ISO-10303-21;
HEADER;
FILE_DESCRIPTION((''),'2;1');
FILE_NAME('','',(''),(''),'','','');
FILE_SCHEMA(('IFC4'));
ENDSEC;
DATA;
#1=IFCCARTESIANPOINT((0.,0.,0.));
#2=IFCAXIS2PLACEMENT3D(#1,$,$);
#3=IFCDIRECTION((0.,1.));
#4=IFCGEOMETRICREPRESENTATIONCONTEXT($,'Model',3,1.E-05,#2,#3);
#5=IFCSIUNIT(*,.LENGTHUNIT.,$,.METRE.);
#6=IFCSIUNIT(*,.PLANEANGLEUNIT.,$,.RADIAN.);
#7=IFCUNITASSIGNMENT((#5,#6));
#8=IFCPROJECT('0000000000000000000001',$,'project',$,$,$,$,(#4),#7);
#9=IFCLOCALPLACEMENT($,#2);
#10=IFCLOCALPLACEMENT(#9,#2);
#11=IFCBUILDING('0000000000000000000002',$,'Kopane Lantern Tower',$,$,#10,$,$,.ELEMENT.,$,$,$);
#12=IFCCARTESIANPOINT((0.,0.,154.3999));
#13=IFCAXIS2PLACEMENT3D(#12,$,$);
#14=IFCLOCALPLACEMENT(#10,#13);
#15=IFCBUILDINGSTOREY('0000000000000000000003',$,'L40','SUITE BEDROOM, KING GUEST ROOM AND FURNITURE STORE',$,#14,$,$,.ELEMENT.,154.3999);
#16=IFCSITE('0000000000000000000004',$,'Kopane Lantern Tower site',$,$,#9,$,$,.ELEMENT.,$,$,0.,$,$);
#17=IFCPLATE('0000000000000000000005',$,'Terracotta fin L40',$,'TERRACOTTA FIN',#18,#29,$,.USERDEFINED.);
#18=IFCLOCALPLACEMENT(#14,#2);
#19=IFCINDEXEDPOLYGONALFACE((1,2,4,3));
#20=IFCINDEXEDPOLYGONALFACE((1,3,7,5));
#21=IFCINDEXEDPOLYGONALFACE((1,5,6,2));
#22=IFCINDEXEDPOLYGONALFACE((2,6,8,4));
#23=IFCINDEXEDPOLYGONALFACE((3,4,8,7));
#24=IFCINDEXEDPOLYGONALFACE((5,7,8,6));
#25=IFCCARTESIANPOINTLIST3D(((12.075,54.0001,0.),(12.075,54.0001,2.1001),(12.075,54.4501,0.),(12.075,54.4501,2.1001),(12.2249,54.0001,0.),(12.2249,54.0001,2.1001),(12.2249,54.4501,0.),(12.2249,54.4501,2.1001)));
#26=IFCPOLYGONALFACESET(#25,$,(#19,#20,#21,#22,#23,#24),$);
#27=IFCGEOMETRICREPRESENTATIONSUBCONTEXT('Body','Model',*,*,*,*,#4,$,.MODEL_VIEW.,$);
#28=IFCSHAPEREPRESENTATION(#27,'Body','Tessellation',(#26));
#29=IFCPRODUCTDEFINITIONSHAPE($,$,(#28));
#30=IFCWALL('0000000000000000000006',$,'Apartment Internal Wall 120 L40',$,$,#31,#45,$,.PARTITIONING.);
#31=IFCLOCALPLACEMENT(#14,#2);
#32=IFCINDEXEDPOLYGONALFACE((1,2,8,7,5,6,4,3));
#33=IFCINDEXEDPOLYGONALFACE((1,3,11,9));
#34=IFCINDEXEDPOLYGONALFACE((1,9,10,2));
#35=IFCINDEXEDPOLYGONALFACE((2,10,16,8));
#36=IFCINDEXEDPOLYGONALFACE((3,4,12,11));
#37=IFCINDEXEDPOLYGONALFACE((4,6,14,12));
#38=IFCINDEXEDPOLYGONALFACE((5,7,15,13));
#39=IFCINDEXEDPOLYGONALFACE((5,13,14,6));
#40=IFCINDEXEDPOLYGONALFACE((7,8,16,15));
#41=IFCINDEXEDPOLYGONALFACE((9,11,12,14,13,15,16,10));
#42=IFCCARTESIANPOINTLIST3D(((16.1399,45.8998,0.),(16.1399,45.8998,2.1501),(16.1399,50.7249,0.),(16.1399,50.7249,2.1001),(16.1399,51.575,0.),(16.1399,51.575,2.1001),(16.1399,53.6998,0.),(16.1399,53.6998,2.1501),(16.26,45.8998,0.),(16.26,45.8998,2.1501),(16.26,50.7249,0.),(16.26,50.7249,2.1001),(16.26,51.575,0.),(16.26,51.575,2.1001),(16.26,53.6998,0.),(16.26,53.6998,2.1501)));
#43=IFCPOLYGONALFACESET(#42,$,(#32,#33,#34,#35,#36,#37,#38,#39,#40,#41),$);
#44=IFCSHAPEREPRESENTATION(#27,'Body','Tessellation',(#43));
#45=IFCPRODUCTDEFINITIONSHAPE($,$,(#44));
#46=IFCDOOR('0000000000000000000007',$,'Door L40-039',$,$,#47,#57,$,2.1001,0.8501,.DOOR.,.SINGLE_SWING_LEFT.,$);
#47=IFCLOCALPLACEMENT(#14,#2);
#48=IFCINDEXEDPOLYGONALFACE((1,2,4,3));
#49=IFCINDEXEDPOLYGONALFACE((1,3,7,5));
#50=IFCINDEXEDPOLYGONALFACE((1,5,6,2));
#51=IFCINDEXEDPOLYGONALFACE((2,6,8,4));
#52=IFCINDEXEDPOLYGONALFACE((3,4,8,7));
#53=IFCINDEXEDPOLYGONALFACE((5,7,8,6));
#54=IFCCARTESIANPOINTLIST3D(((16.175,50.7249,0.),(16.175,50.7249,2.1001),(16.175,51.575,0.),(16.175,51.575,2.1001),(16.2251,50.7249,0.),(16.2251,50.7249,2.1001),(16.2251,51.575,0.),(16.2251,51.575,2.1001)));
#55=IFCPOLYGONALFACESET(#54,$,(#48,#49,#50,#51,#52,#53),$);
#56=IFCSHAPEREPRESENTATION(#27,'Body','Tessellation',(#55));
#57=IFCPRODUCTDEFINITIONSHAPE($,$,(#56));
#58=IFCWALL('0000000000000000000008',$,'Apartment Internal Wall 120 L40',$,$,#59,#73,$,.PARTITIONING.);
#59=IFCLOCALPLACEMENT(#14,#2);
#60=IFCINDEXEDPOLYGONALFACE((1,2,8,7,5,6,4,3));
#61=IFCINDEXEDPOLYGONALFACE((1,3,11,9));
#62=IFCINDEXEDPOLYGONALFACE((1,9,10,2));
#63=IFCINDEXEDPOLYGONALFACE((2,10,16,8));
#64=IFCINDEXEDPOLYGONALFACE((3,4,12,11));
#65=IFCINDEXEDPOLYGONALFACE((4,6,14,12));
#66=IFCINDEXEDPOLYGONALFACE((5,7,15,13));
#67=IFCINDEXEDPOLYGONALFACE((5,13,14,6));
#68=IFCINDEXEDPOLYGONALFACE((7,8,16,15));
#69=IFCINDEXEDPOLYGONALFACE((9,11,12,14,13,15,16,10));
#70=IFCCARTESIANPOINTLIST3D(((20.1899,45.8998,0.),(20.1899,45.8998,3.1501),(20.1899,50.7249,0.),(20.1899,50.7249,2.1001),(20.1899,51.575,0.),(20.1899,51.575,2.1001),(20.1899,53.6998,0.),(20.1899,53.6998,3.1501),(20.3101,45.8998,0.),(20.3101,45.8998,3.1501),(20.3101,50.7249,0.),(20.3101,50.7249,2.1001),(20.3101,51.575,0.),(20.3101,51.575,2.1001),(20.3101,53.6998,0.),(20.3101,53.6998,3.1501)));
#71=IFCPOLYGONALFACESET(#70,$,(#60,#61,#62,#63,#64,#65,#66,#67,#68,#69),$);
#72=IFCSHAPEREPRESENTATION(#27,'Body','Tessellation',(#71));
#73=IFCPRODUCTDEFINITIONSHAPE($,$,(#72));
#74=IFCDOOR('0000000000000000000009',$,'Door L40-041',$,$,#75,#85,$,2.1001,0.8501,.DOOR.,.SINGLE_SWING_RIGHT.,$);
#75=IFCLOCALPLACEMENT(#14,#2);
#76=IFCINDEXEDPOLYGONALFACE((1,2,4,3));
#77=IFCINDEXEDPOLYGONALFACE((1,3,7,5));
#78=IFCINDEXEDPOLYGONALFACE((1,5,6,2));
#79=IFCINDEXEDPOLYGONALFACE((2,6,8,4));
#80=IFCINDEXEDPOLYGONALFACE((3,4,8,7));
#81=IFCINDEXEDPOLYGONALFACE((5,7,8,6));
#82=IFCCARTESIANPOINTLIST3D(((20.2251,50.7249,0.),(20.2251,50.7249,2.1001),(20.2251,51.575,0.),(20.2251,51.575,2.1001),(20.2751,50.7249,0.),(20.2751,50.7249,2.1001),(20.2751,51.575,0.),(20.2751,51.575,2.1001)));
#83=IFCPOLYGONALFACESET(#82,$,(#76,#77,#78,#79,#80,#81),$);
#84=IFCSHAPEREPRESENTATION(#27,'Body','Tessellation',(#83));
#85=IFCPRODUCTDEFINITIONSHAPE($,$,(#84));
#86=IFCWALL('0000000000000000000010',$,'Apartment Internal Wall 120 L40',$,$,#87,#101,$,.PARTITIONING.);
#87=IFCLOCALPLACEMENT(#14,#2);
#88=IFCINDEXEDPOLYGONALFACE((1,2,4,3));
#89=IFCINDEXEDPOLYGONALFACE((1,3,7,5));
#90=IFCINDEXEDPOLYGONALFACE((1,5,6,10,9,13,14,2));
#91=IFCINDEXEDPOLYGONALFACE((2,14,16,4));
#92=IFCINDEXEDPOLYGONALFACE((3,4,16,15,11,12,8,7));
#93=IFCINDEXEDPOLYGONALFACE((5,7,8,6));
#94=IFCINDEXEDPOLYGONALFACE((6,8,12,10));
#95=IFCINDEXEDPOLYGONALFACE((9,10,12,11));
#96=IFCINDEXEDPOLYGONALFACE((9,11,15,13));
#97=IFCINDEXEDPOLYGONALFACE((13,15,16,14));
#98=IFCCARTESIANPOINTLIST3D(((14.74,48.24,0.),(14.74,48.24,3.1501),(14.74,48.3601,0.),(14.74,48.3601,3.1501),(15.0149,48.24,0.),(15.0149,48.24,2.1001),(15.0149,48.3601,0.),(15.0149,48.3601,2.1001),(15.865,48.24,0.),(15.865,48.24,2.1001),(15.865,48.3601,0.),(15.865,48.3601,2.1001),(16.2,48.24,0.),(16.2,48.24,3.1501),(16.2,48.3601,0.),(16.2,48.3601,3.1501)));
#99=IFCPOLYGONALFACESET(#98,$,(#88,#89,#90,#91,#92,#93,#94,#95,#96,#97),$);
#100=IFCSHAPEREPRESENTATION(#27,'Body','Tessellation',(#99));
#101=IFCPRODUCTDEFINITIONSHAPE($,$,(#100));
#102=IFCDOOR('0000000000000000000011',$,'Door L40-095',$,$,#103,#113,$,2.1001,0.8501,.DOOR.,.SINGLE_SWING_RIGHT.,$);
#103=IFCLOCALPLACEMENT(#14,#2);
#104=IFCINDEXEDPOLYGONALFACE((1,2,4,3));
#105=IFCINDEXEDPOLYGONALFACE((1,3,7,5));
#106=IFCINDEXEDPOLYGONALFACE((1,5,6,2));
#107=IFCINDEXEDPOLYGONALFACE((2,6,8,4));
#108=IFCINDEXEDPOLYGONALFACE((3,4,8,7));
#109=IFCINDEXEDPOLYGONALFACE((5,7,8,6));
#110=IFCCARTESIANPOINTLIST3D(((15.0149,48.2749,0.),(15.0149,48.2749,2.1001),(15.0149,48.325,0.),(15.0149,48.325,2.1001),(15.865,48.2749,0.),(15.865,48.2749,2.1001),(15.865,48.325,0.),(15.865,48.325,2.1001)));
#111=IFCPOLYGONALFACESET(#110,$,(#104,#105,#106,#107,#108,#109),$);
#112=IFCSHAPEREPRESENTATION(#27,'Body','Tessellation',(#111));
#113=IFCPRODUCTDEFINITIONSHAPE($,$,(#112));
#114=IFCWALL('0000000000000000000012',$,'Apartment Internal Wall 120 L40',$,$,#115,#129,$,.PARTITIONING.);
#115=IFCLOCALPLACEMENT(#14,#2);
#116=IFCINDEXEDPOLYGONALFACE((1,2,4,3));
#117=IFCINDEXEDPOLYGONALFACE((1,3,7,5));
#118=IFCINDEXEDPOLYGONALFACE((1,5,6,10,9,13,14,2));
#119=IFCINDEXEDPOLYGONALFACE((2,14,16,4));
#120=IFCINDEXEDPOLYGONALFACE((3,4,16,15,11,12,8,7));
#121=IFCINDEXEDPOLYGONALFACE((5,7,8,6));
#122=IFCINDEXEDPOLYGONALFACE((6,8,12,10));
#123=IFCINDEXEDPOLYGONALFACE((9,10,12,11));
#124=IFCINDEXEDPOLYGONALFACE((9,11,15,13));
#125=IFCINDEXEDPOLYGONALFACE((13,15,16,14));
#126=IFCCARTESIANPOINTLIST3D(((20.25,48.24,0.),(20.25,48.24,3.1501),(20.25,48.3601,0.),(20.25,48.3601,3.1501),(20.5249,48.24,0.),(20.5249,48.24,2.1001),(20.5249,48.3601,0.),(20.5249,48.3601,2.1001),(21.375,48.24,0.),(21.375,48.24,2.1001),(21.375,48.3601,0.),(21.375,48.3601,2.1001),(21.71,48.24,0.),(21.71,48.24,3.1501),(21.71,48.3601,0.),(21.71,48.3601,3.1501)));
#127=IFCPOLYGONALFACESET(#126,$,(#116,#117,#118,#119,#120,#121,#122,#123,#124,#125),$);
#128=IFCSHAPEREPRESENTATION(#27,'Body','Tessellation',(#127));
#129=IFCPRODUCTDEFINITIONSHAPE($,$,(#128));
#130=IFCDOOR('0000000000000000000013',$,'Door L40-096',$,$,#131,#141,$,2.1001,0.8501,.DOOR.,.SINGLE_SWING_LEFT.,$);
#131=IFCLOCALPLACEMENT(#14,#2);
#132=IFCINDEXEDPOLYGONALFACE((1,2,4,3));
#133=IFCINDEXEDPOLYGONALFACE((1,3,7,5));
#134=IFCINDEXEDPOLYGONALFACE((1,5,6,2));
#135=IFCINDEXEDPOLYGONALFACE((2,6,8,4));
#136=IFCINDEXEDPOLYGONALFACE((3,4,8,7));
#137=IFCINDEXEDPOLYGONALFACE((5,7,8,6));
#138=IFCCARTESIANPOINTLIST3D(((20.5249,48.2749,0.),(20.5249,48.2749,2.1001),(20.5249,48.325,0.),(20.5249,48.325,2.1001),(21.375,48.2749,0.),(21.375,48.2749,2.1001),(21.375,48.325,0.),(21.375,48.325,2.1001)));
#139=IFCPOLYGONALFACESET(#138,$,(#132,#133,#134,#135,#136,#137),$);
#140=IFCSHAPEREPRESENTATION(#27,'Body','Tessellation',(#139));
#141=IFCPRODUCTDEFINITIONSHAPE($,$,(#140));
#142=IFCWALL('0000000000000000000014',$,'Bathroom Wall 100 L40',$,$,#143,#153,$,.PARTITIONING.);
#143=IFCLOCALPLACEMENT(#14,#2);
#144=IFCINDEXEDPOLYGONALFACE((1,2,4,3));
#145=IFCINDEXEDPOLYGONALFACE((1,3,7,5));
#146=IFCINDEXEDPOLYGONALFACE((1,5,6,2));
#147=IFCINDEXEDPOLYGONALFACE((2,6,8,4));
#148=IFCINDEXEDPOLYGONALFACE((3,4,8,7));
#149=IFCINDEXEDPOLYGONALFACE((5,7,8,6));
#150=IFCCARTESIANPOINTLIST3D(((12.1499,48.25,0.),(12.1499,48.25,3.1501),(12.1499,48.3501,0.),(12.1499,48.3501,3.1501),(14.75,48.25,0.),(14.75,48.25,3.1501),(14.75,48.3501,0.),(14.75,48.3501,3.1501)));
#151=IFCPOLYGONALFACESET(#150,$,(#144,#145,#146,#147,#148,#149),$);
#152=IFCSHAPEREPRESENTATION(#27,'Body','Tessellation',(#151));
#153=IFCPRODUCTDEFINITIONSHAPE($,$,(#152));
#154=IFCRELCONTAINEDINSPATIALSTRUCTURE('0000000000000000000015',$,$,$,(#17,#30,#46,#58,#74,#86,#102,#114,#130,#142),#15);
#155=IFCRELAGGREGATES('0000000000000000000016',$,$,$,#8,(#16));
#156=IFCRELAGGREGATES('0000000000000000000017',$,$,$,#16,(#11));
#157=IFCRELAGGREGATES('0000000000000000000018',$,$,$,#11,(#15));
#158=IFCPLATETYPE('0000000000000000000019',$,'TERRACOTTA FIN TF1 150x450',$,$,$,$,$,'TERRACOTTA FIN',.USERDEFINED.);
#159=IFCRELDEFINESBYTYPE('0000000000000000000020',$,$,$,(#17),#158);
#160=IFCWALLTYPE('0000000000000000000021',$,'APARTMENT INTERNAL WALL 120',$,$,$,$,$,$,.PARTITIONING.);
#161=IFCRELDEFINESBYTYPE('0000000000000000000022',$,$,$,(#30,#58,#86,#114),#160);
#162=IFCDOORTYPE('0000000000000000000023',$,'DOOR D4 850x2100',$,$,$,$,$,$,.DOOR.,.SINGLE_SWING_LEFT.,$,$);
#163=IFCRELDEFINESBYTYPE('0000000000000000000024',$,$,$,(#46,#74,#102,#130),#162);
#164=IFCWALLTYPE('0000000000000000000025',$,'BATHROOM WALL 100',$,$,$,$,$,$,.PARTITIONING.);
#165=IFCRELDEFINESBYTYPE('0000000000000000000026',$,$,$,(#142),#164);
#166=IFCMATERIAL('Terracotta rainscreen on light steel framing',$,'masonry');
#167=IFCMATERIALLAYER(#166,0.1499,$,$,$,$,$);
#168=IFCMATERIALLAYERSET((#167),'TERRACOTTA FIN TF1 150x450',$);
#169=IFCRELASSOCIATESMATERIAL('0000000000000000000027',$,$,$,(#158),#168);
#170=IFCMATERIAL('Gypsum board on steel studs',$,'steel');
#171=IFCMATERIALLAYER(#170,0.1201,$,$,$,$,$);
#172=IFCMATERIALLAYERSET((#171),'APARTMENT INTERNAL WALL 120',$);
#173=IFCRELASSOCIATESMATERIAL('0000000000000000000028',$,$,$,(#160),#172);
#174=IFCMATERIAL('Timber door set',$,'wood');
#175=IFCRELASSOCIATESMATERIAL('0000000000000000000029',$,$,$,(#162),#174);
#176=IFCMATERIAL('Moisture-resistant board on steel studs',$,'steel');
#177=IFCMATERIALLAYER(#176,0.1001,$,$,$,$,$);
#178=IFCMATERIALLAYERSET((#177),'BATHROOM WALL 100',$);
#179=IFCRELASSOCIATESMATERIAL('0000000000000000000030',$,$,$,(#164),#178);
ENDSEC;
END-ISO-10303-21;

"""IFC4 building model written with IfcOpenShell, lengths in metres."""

from ifc_helpers import new_model, si_unit, direction, frame, frame_2d, origin, origin_2d, place, context, subcontext, project, spatial, rectangle, extrude, material, layer, layer_set, type_object, element, fill, save


model = new_model("IFC4")

# Units and contexts
model_context = context("Model", 3, precision=1e-05, world=origin(), true_north=direction((0.0, 1.0)))
body_context = subcontext(model_context, "Body", "Model", "MODEL_VIEW")
ifc_project = project(units=[si_unit("LENGTHUNIT", "METRE"), si_unit("PLANEANGLEUNIT", "RADIAN")], contexts=[model_context])

# Site, building, storey
site_placement = place(None, origin())
site = spatial("IfcSite", under=ifc_project, at=site_placement, Name="Kopane Lantern Tower site", CompositionType="ELEMENT", RefElevation=0.0)
building_placement = place(site_placement, origin())
building = spatial("IfcBuilding", under=site, at=building_placement, Name="Kopane Lantern Tower", CompositionType="ELEMENT")
storey_placement = place(building_placement, frame((0.0, 0.0, 154.3999)))
storey = spatial("IfcBuildingStorey", under=building, at=storey_placement, Name="L40", Description="SUITE BEDROOM, KING GUEST ROOM AND FURNITURE STORE", CompositionType="ELEMENT", Elevation=154.3999)

# Plate
ifc_material_1 = material(Name="Terracotta rainscreen on light steel framing", Category="masonry")
ifc_layer_1 = layer(ifc_material_1, 0.1499)
ifc_layer_set_1 = layer_set([ifc_layer_1], Name="TERRACOTTA FIN TF1 150x450")
plate_type = type_object("IfcPlateType", Name="TERRACOTTA FIN TF1 150x450", ElementType="TERRACOTTA FIN", PredefinedType="USERDEFINED", material=ifc_layer_set_1)
for number, where, z_axis, x_axis, name in (
    (1, (12.1499, 54.2251, 0.0), (0.0, 0.0, 1.0), (-1.0, 0.0, 0.0), "Terracotta fin L40"),
):
    element("IfcPlate", number, at=place(storey_placement, frame(where, z_axis=z_axis, x_axis=x_axis)), inside=storey, type_object=plate_type, Name=name, ObjectType="TERRACOTTA FIN", PredefinedType="USERDEFINED", context=body_context, shape_type="SweptSolid", body=[
        extrude(rectangle(XDim=0.1499, YDim=0.45, at=origin_2d()), origin(), (0.0, 0.0, 1.0), 2.1001),
    ])

# Walls, openings, doors
ifc_material_2 = material(Name="Gypsum board on steel studs", Category="steel")
ifc_layer_2 = layer(ifc_material_2, 0.1201)
ifc_layer_set_2 = layer_set([ifc_layer_2], Name="APARTMENT INTERNAL WALL 120")
wall_type_1 = type_object("IfcWallType", Name="APARTMENT INTERNAL WALL 120", PredefinedType="PARTITIONING", material=ifc_layer_set_2)
wall_1_placement = place(storey_placement, frame((16.2, 45.8999, 0.0), z_axis=(0.0, 0.0, 1.0), x_axis=(0.0, 1.0, 0.0)))
wall_1 = element("IfcWall", 2, at=wall_1_placement, inside=storey, type_object=wall_type_1, Name="Apartment Internal Wall 120 L40", PredefinedType="PARTITIONING", context=body_context, shape_type="SweptSolid", body=[
    extrude(rectangle(XDim=7.8, YDim=0.1201, at=frame_2d((3.8999, 0.0))), origin(), (0.0, 0.0, 1.0), 2.1501),
])
opening_1_placement = place(wall_1_placement, frame((4.825, 0.0, 0.0)))
opening_1 = element("IfcOpeningElement", 3, at=opening_1_placement, cuts=wall_1, PredefinedType="OPENING", context=body_context, shape_type="SweptSolid", body=[
    extrude(rectangle(XDim=0.8501, YDim=2.1001, at=frame_2d((0.425, 1.05))), frame((0.0, 0.0701, 0.0), z_axis=(0.0, -1.0, 0.0), x_axis=(1.0, 0.0, 0.0)), (0.0, 0.0, 1.0), 0.1401),
])
ifc_material_3 = material(Name="Timber door set", Category="wood")
door_type_1 = type_object("IfcDoorType", Name="DOOR D4 850x2100", OperationType="SINGLE_SWING_LEFT", PredefinedType="DOOR", material=ifc_material_3)
door_1_placement = place(opening_1_placement, origin())
door_1 = element("IfcDoor", 4, at=door_1_placement, inside=storey, type_object=door_type_1, Name="Door L40-039", OperationType="SINGLE_SWING_LEFT", OverallHeight=2.1001, OverallWidth=0.8501, PredefinedType="DOOR", context=body_context, shape_type="SweptSolid", body=[
    extrude(rectangle(XDim=0.8501, YDim=2.1001, at=frame_2d((0.425, 1.05))), frame((0.0, 0.0249, 0.0), z_axis=(0.0, -1.0, 0.0), x_axis=(1.0, 0.0, 0.0)), (0.0, 0.0, 1.0), 0.05),
])
fill(opening_1, door_1)
wall_2_placement = place(storey_placement, frame((20.25, 45.8999, 0.0), z_axis=(0.0, 0.0, 1.0), x_axis=(0.0, 1.0, 0.0)))
wall_2 = element("IfcWall", 5, at=wall_2_placement, inside=storey, type_object=wall_type_1, Name="Apartment Internal Wall 120 L40", PredefinedType="PARTITIONING", context=body_context, shape_type="SweptSolid", body=[
    extrude(rectangle(XDim=7.8, YDim=0.1201, at=frame_2d((3.8999, 0.0))), origin(), (0.0, 0.0, 1.0), 3.1501),
])
opening_2_placement = place(wall_2_placement, frame((4.825, 0.0, 0.0)))
opening_2 = element("IfcOpeningElement", 6, at=opening_2_placement, cuts=wall_2, PredefinedType="OPENING", context=body_context, shape_type="SweptSolid", body=[
    extrude(rectangle(XDim=0.8501, YDim=2.1001, at=frame_2d((0.425, 1.05))), frame((0.0, 0.0701, 0.0), z_axis=(0.0, -1.0, 0.0), x_axis=(1.0, 0.0, 0.0)), (0.0, 0.0, 1.0), 0.1401),
])
door_2_placement = place(opening_2_placement, origin())
door_2 = element("IfcDoor", 7, at=door_2_placement, inside=storey, type_object=door_type_1, Name="Door L40-041", OperationType="SINGLE_SWING_RIGHT", OverallHeight=2.1001, OverallWidth=0.8501, PredefinedType="DOOR", context=body_context, shape_type="SweptSolid", body=[
    extrude(rectangle(XDim=0.8501, YDim=2.1001, at=frame_2d((0.425, 1.05))), frame((0.0, 0.0249, 0.0), z_axis=(0.0, -1.0, 0.0), x_axis=(1.0, 0.0, 0.0)), (0.0, 0.0, 1.0), 0.05),
])
fill(opening_2, door_2)
wall_3_placement = place(storey_placement, frame((14.74, 48.3, 0.0), z_axis=(0.0, 0.0, 1.0), x_axis=(1.0, 0.0, 0.0)))
wall_3 = element("IfcWall", 8, at=wall_3_placement, inside=storey, type_object=wall_type_1, Name="Apartment Internal Wall 120 L40", PredefinedType="PARTITIONING", context=body_context, shape_type="SweptSolid", body=[
    extrude(rectangle(XDim=1.46, YDim=0.1201, at=frame_2d((0.73, 0.0))), origin(), (0.0, 0.0, 1.0), 3.1501),
])
opening_3_placement = place(wall_3_placement, frame((0.2749, 0.0, 0.0)))
opening_3 = element("IfcOpeningElement", 9, at=opening_3_placement, cuts=wall_3, PredefinedType="OPENING", context=body_context, shape_type="SweptSolid", body=[
    extrude(rectangle(XDim=0.8501, YDim=2.1001, at=frame_2d((0.425, 1.05))), frame((0.0, 0.0701, 0.0), z_axis=(0.0, -1.0, 0.0), x_axis=(1.0, 0.0, 0.0)), (0.0, 0.0, 1.0), 0.1401),
])
door_3_placement = place(opening_3_placement, origin())
door_3 = element("IfcDoor", 10, at=door_3_placement, inside=storey, type_object=door_type_1, Name="Door L40-095", OperationType="SINGLE_SWING_RIGHT", OverallHeight=2.1001, OverallWidth=0.8501, PredefinedType="DOOR", context=body_context, shape_type="SweptSolid", body=[
    extrude(rectangle(XDim=0.8501, YDim=2.1001, at=frame_2d((0.425, 1.05))), frame((0.0, 0.0249, 0.0), z_axis=(0.0, -1.0, 0.0), x_axis=(1.0, 0.0, 0.0)), (0.0, 0.0, 1.0), 0.05),
])
fill(opening_3, door_3)
wall_4_placement = place(storey_placement, frame((20.25, 48.3, 0.0), z_axis=(0.0, 0.0, 1.0), x_axis=(1.0, 0.0, 0.0)))
wall_4 = element("IfcWall", 11, at=wall_4_placement, inside=storey, type_object=wall_type_1, Name="Apartment Internal Wall 120 L40", PredefinedType="PARTITIONING", context=body_context, shape_type="SweptSolid", body=[
    extrude(rectangle(XDim=1.46, YDim=0.1201, at=frame_2d((0.73, 0.0))), origin(), (0.0, 0.0, 1.0), 3.1501),
])
opening_4_placement = place(wall_4_placement, frame((0.2749, 0.0, 0.0)))
opening_4 = element("IfcOpeningElement", 12, at=opening_4_placement, cuts=wall_4, PredefinedType="OPENING", context=body_context, shape_type="SweptSolid", body=[
    extrude(rectangle(XDim=0.8501, YDim=2.1001, at=frame_2d((0.425, 1.05))), frame((0.0, 0.0701, 0.0), z_axis=(0.0, -1.0, 0.0), x_axis=(1.0, 0.0, 0.0)), (0.0, 0.0, 1.0), 0.1401),
])
door_4_placement = place(opening_4_placement, origin())
door_4 = element("IfcDoor", 13, at=door_4_placement, inside=storey, type_object=door_type_1, Name="Door L40-096", OperationType="SINGLE_SWING_LEFT", OverallHeight=2.1001, OverallWidth=0.8501, PredefinedType="DOOR", context=body_context, shape_type="SweptSolid", body=[
    extrude(rectangle(XDim=0.8501, YDim=2.1001, at=frame_2d((0.425, 1.05))), frame((0.0, 0.0249, 0.0), z_axis=(0.0, -1.0, 0.0), x_axis=(1.0, 0.0, 0.0)), (0.0, 0.0, 1.0), 0.05),
])
fill(opening_4, door_4)

# Wall
ifc_material_4 = material(Name="Moisture-resistant board on steel studs", Category="steel")
ifc_layer_3 = layer(ifc_material_4, 0.1001)
ifc_layer_set_3 = layer_set([ifc_layer_3], Name="BATHROOM WALL 100")
wall_type_2 = type_object("IfcWallType", Name="BATHROOM WALL 100", PredefinedType="PARTITIONING", material=ifc_layer_set_3)
wall_5_placement = place(storey_placement, frame((12.1499, 48.3, 0.0), z_axis=(0.0, 0.0, 1.0), x_axis=(1.0, 0.0, 0.0)))
element("IfcWall", 14, at=wall_5_placement, inside=storey, type_object=wall_type_2, Name="Bathroom Wall 100 L40", PredefinedType="PARTITIONING", context=body_context, shape_type="SweptSolid", body=[
    extrude(rectangle(XDim=2.6001, YDim=0.1001, at=frame_2d((1.3, 0.0))), origin(), (0.0, 0.0, 1.0), 3.1501),
])

save(model, "model.ifc")
